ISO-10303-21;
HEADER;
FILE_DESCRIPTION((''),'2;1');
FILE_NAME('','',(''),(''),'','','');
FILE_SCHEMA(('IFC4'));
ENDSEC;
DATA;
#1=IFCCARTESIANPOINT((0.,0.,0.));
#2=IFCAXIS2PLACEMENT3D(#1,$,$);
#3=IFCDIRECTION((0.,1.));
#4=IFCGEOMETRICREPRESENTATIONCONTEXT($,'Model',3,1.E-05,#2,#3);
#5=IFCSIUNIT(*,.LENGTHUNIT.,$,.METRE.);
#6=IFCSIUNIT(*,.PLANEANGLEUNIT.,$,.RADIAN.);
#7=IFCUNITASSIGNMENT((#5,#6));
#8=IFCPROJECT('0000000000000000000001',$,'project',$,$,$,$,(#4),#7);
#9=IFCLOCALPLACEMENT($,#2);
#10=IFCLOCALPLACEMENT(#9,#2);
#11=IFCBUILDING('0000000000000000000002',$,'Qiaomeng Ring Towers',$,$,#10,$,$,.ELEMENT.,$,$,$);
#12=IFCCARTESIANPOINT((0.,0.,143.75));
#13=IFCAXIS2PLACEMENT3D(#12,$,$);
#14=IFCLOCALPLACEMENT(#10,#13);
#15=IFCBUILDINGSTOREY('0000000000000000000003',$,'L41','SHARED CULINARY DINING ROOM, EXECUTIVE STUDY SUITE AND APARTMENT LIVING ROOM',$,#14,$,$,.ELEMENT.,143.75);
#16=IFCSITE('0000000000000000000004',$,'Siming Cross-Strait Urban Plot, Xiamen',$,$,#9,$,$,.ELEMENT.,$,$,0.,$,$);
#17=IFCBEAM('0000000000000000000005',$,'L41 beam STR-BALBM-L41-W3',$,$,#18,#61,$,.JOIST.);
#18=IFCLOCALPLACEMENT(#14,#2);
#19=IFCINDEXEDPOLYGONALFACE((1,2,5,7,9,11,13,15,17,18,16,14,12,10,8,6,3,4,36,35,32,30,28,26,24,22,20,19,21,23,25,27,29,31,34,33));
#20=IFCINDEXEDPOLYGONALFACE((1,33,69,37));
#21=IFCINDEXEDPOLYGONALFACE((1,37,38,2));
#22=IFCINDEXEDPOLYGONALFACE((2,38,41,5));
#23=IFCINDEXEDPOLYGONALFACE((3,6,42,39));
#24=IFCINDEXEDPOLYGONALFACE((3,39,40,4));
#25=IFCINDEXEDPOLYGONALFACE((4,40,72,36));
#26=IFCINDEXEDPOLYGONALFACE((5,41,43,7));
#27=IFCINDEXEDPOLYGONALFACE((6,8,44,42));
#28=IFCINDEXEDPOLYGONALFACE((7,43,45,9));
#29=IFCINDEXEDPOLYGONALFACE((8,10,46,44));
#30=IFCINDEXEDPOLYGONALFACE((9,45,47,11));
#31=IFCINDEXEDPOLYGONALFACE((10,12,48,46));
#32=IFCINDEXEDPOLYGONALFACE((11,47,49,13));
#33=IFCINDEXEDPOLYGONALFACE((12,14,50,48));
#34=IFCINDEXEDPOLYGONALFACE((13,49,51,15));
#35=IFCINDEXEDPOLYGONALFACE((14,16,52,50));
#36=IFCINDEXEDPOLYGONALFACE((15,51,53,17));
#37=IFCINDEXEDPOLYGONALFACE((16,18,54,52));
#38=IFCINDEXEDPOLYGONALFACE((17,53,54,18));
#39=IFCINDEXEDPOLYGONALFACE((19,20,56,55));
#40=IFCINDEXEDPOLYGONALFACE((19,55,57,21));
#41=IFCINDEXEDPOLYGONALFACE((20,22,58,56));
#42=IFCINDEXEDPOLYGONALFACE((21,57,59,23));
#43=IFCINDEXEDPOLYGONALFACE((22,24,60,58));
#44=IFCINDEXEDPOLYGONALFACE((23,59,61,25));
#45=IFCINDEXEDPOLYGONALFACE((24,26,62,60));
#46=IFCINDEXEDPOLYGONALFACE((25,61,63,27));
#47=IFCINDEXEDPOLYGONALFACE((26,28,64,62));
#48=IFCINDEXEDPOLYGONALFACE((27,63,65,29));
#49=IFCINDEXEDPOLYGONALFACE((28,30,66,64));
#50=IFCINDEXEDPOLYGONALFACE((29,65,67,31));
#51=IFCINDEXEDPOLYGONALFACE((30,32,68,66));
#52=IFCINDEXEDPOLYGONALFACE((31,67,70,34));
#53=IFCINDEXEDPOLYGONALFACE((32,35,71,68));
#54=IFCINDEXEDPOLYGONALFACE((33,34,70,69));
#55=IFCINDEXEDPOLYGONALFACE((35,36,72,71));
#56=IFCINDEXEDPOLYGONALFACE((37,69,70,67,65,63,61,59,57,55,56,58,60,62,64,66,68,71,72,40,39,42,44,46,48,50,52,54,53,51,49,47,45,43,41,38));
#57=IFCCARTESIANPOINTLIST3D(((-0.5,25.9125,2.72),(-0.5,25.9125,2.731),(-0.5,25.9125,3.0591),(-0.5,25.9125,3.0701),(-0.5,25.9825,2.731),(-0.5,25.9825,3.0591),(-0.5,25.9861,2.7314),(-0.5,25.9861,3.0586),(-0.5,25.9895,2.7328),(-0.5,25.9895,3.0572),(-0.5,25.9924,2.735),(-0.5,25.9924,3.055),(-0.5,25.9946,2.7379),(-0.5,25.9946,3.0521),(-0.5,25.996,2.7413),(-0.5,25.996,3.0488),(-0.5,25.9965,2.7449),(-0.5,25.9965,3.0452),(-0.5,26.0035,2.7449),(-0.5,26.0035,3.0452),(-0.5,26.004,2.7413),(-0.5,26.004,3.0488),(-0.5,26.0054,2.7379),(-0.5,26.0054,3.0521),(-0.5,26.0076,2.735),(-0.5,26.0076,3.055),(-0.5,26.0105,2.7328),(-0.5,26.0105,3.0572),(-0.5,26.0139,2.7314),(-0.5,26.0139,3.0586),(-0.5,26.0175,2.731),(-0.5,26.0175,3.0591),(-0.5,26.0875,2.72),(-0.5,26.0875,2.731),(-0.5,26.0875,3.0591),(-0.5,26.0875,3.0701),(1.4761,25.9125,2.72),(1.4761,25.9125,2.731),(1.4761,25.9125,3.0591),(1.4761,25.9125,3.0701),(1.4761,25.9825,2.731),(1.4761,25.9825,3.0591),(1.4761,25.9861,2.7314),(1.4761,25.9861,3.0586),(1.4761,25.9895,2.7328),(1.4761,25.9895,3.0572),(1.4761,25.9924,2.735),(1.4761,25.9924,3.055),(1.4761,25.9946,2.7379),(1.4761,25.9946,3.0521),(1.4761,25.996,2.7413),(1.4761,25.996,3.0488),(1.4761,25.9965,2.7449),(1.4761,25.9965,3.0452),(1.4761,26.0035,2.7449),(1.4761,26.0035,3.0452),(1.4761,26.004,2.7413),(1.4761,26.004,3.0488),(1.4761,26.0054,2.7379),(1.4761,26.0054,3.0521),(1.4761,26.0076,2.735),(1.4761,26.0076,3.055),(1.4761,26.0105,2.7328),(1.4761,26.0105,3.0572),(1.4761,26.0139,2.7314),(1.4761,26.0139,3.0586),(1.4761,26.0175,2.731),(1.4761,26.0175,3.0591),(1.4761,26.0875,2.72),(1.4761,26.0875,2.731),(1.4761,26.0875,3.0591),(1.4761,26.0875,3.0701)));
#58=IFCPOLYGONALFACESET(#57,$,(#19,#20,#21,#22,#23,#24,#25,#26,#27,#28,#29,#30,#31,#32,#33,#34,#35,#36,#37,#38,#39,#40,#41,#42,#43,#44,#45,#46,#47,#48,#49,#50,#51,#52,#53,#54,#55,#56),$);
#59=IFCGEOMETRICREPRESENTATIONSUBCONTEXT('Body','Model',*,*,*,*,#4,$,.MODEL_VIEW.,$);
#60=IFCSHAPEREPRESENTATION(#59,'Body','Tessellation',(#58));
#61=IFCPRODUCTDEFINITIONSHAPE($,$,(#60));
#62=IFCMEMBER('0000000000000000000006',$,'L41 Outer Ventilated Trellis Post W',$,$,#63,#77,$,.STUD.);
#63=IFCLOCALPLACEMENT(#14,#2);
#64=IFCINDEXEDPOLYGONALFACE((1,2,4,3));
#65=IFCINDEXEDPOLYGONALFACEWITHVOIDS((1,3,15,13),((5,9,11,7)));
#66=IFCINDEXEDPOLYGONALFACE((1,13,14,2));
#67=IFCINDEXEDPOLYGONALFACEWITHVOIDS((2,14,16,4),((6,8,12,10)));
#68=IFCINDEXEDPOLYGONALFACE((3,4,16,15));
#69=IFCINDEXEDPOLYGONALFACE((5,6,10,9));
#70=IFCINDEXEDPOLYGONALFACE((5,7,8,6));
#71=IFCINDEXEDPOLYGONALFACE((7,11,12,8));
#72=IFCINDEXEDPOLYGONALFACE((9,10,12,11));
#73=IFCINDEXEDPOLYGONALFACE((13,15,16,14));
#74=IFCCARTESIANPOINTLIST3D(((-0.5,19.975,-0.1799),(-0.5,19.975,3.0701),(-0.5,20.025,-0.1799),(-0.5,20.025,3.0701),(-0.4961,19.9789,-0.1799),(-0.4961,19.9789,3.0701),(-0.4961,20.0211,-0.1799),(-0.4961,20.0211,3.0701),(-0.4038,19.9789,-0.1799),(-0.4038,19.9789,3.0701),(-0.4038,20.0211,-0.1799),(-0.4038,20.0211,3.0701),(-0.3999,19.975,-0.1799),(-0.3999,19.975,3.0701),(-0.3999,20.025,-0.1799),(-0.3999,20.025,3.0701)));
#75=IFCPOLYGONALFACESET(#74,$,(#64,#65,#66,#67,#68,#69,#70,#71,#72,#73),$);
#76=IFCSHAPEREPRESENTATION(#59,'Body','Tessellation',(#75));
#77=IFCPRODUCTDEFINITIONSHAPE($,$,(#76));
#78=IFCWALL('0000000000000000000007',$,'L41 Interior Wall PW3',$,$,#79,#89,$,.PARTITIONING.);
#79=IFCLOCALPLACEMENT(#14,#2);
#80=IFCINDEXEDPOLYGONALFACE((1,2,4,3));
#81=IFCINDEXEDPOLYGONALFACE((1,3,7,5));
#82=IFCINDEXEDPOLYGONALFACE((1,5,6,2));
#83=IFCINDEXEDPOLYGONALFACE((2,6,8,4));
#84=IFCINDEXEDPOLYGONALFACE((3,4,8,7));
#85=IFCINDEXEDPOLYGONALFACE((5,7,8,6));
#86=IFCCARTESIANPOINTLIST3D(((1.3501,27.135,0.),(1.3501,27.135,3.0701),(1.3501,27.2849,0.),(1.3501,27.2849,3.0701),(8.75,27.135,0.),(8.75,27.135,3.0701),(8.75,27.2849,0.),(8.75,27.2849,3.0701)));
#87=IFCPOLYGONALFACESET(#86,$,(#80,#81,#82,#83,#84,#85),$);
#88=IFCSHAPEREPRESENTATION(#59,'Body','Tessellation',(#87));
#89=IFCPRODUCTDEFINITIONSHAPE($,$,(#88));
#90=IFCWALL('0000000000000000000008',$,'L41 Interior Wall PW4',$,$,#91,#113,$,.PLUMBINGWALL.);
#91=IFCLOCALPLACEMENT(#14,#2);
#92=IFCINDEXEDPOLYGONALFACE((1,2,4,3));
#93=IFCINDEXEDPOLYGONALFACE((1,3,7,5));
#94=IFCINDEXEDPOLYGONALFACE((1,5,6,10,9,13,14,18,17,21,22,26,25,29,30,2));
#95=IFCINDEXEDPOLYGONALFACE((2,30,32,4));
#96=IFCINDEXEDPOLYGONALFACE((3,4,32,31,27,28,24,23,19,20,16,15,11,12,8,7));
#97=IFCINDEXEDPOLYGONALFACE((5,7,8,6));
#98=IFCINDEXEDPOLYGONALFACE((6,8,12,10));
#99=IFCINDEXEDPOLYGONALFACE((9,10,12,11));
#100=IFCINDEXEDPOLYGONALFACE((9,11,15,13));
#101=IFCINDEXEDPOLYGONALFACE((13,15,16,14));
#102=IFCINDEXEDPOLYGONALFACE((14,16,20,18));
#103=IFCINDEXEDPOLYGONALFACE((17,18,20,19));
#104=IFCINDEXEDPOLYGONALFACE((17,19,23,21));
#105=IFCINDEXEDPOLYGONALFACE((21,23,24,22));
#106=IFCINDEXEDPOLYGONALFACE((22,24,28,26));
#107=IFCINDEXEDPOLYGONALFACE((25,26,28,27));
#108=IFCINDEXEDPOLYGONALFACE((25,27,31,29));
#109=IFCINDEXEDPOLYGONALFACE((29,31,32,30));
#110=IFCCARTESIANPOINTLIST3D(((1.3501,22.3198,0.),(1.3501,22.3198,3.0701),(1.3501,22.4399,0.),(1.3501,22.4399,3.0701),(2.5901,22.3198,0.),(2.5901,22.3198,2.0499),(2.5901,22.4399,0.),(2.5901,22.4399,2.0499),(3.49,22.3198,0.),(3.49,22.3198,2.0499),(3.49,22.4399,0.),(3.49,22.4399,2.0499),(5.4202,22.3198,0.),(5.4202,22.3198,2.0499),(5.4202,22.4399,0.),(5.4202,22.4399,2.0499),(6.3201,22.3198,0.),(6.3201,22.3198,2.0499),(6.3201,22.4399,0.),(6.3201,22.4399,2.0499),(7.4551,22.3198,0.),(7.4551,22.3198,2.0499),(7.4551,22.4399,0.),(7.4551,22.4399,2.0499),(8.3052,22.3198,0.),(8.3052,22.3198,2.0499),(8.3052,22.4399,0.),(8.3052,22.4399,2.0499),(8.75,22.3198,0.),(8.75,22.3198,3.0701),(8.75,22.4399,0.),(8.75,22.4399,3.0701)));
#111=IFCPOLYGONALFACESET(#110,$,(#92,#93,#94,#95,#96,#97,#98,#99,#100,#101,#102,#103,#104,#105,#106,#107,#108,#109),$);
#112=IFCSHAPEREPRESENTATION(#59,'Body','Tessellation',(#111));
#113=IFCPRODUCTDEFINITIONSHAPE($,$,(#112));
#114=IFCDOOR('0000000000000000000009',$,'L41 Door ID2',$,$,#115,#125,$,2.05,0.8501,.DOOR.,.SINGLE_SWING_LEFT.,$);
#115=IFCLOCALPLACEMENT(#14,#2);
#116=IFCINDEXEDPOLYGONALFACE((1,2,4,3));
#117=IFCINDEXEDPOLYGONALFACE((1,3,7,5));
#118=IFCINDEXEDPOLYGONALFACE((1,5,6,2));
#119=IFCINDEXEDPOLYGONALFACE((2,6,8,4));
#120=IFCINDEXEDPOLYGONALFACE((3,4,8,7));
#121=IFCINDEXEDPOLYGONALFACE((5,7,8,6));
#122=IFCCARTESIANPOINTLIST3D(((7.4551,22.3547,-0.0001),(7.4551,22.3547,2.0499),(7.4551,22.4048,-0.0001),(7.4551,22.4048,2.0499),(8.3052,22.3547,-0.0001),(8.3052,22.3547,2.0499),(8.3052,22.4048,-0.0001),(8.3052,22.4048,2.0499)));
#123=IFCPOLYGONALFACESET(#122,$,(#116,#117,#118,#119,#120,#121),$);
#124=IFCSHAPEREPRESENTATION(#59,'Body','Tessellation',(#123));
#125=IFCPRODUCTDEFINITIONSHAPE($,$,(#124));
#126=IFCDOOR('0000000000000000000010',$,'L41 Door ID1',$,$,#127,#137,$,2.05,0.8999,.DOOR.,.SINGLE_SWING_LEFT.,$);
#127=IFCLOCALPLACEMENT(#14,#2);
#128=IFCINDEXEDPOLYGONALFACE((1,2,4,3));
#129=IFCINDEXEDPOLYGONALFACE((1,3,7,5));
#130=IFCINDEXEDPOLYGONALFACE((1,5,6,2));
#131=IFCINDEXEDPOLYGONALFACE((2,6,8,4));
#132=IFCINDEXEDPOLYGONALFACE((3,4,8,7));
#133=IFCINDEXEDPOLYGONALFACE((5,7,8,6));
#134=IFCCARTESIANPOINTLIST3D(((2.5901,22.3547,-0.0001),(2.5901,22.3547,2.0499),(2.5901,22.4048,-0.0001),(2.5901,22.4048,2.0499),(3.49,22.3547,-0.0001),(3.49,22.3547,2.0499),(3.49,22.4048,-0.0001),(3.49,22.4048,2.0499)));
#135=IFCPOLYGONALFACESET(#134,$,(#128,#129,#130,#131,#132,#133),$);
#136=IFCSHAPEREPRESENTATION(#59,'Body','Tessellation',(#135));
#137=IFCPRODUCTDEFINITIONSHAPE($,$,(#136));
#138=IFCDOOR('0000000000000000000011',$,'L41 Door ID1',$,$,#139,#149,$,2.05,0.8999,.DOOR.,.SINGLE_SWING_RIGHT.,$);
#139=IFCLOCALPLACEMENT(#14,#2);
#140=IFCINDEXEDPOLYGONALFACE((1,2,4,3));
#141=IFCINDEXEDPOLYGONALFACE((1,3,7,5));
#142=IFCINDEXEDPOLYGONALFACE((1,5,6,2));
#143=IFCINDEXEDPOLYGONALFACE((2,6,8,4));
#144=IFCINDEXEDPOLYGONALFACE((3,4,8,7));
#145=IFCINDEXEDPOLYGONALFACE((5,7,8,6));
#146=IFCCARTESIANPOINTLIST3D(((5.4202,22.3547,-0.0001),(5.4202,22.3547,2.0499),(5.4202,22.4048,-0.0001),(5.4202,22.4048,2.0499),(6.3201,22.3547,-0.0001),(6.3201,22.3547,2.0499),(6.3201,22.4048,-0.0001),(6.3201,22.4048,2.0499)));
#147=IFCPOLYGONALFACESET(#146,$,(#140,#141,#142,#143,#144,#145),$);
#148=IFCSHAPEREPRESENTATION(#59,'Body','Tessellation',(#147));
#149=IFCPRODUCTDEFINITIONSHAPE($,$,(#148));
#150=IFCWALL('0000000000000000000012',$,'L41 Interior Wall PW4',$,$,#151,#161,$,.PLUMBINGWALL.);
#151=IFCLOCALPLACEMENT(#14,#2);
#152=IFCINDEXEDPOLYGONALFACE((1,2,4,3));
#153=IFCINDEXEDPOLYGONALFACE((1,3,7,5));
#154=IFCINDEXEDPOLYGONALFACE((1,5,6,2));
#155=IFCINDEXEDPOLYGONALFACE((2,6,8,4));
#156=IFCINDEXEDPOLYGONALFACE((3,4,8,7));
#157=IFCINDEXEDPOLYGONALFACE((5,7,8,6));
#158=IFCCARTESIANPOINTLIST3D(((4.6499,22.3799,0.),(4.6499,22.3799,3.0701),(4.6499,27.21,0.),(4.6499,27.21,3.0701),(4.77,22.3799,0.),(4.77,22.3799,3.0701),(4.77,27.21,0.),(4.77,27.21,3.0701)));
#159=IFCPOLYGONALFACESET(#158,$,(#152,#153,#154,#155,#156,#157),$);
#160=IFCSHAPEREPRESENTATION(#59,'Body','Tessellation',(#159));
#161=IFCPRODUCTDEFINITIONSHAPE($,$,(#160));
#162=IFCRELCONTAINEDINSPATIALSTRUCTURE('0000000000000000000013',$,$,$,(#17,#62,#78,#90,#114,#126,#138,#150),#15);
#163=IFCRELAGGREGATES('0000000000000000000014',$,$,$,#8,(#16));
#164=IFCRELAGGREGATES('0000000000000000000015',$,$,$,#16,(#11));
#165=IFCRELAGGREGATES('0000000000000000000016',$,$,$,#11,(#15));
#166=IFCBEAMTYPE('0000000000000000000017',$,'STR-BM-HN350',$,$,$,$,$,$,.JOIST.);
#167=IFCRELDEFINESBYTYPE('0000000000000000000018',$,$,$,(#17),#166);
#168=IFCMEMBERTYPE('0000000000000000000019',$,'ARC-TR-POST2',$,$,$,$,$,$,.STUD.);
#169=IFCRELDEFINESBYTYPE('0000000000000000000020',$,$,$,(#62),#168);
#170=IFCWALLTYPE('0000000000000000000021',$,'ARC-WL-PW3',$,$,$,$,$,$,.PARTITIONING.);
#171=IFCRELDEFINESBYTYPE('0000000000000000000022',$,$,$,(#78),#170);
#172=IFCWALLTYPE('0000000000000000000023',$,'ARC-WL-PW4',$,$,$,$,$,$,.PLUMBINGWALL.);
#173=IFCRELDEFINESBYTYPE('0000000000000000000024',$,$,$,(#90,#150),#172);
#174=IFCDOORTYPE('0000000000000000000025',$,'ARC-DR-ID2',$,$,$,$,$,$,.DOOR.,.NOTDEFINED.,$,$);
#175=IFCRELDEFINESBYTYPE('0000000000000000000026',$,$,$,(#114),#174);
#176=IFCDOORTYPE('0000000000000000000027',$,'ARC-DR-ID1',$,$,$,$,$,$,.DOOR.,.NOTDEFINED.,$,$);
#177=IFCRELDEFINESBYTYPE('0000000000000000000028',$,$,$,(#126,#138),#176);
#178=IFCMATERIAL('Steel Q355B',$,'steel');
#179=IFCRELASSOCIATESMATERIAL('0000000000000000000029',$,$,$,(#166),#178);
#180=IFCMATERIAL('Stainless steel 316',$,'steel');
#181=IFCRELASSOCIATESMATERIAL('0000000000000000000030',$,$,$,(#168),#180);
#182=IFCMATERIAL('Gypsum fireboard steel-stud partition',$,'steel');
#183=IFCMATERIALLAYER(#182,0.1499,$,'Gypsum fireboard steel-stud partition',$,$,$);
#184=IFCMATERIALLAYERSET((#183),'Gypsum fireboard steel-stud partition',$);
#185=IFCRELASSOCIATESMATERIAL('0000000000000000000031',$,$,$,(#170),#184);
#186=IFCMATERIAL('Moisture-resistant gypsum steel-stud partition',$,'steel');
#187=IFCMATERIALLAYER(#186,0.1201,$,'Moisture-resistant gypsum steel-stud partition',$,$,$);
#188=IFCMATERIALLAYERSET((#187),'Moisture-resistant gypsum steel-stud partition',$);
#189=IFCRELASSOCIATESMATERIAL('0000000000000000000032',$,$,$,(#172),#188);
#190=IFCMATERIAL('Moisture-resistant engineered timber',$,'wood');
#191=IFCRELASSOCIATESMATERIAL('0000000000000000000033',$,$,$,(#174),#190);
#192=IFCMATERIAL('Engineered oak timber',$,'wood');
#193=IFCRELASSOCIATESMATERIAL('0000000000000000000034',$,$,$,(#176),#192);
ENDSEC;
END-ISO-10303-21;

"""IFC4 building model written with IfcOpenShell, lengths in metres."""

from ifc_helpers import new_model, si_unit, direction, frame, frame_2d, origin, origin_2d, place, context, subcontext, project, spatial, rectangle, hollow_rectangle, i_section, extrude, source, transform, mapped, material, layer, layer_set, material_profile, profile_set, type_object, element, fill, save


model = new_model("IFC4")

# Units and contexts
model_context = context("Model", 3, precision=1e-05, world=origin(), true_north=direction((0.0, 1.0)))
body_context = subcontext(model_context, "Body", "Model", "MODEL_VIEW")
ifc_project = project(units=[si_unit("LENGTHUNIT", "METRE"), si_unit("PLANEANGLEUNIT", "RADIAN")], contexts=[model_context])

# Site, building, storey
site_placement = place(None, origin())
site = spatial("IfcSite", under=ifc_project, at=site_placement, Name="Siming Cross-Strait Urban Plot, Xiamen", CompositionType="ELEMENT", RefElevation=0.0)
building_placement = place(site_placement, origin())
building = spatial("IfcBuilding", under=site, at=building_placement, Name="Qiaomeng Ring Towers", CompositionType="ELEMENT")
storey_placement = place(building_placement, frame((0.0, 0.0, 143.75)))
storey = spatial("IfcBuildingStorey", under=building, at=storey_placement, Name="L41", Description="SHARED CULINARY DINING ROOM, EXECUTIVE STUDY SUITE AND APARTMENT LIVING ROOM", CompositionType="ELEMENT", Elevation=143.75)

# Beam
ifc_material_1 = material(Name="Steel Q355B", Category="steel")
ifc_material_profile_1 = material_profile(ifc_material_1, i_section(OverallWidth=0.175, OverallDepth=0.3501, WebThickness=0.0071, FlangeThickness=0.011, FilletRadius=0.0139, at=origin_2d()), Name="HN 350x175x7x11")
ifc_profile_set_1 = profile_set([ifc_material_profile_1], Name="Steel Q355B")
beam_type_1 = type_object("IfcBeamType", Name="STR-BM-HN350", PredefinedType="JOIST", material=ifc_profile_set_1)
shared_shape_1 = source(origin(), body_context, "Body", "SweptSolid", [
    extrude(i_section(OverallWidth=0.175, OverallDepth=0.3501, WebThickness=0.0071, FlangeThickness=0.011, FilletRadius=0.0139, at=origin_2d()), origin(), (0.0, 0.0, 1.0), 1.9761),
])
beam_1_placement = place(storey_placement, frame((-0.5, 26.0, 2.895), z_axis=(1.0, 0.0, 0.0), x_axis=(0.0, 1.0, 0.0)))
element("IfcBeam", 1, at=beam_1_placement, inside=storey, type_object=beam_type_1, Name="L41 beam STR-BALBM-L41-W3", PredefinedType="JOIST", context=body_context, shape_type="MappedRepresentation", body=[
    mapped(shared_shape_1, transform((0.0, 0.0, 0.0), x_axis=(1.0, 0.0, 0.0), y_axis=(0.0, 1.0, 0.0), z_axis=(0.0, 0.0, 1.0), scale=1.0)),
])

# Member
ifc_material_2 = material(Name="Stainless steel 316", Category="steel")
ifc_material_profile_2 = material_profile(ifc_material_2, hollow_rectangle(XDim=0.05, YDim=0.1001, WallThickness=0.0039, at=origin_2d()), Name="SS TRELLIS 100x50")
ifc_profile_set_2 = profile_set([ifc_material_profile_2], Name="Stainless steel 316")
member_type = type_object("IfcMemberType", Name="ARC-TR-POST2", PredefinedType="STUD", material=ifc_profile_set_2)
shared_shape_2 = source(origin(), body_context, "Body", "SweptSolid", [
    extrude(hollow_rectangle(XDim=0.05, YDim=0.1001, WallThickness=0.0039, at=origin_2d()), origin(), (0.0, 0.0, 1.0), 3.25),
])
member_placement = place(storey_placement, frame((-0.45, 20.0, -0.1799), z_axis=(0.0, 0.0, 1.0), x_axis=(0.0, 1.0, 0.0)))
element("IfcMember", 2, at=member_placement, inside=storey, type_object=member_type, Name="L41 Outer Ventilated Trellis Post W", PredefinedType="STUD", context=body_context, shape_type="MappedRepresentation", body=[
    mapped(shared_shape_2, transform((0.0, 0.0, 0.0), x_axis=(1.0, 0.0, 0.0), y_axis=(0.0, 1.0, 0.0), z_axis=(0.0, 0.0, 1.0), scale=1.0)),
])

# Wall
ifc_material_3 = material(Name="Gypsum fireboard steel-stud partition", Category="steel")
ifc_layer_1 = layer(ifc_material_3, 0.1499, Name="Gypsum fireboard steel-stud partition")
ifc_layer_set_1 = layer_set([ifc_layer_1], Name="Gypsum fireboard steel-stud partition")
wall_type_1 = type_object("IfcWallType", Name="ARC-WL-PW3", PredefinedType="PARTITIONING", material=ifc_layer_set_1)
wall_1_placement = place(storey_placement, frame((1.3501, 27.21, 0.0), z_axis=(0.0, 0.0, 1.0), x_axis=(1.0, 0.0, 0.0)))
element("IfcWall", 3, at=wall_1_placement, inside=storey, type_object=wall_type_1, Name="L41 Interior Wall PW3", PredefinedType="PARTITIONING", context=body_context, shape_type="SweptSolid", body=[
    extrude(rectangle(XDim=7.3999, YDim=0.1499, at=frame_2d((3.7, 0.0))), origin(), (0.0, 0.0, 1.0), 3.0701),
])

# Wall, openings, doors
ifc_material_4 = material(Name="Moisture-resistant gypsum steel-stud partition", Category="steel")
ifc_layer_2 = layer(ifc_material_4, 0.1201, Name="Moisture-resistant gypsum steel-stud partition")
ifc_layer_set_2 = layer_set([ifc_layer_2], Name="Moisture-resistant gypsum steel-stud partition")
wall_type_2 = type_object("IfcWallType", Name="ARC-WL-PW4", PredefinedType="PLUMBINGWALL", material=ifc_layer_set_2)
wall_2_placement = place(storey_placement, frame((1.3501, 22.3799, 0.0), z_axis=(0.0, 0.0, 1.0), x_axis=(1.0, 0.0, 0.0)))
wall_2 = element("IfcWall", 4, at=wall_2_placement, inside=storey, type_object=wall_type_2, Name="L41 Interior Wall PW4", PredefinedType="PLUMBINGWALL", context=body_context, shape_type="SweptSolid", body=[
    extrude(rectangle(XDim=7.3999, YDim=0.1201, at=frame_2d((3.7, 0.0))), origin(), (0.0, 0.0, 1.0), 3.0701),
])
opening_1_placement = place(wall_2_placement, frame((1.24, 0.0, 0.0)))
opening_1 = element("IfcOpeningElement", 5, at=opening_1_placement, cuts=wall_2, PredefinedType="OPENING", context=body_context, shape_type="SweptSolid", body=[
    extrude(rectangle(XDim=0.8999, YDim=2.05, at=frame_2d((0.45, 1.0249))), frame((0.0, 0.0701, 0.0), z_axis=(0.0, -1.0, 0.0), x_axis=(1.0, 0.0, 0.0)), (0.0, 0.0, 1.0), 0.1401),
])
opening_2_placement = place(wall_2_placement, frame((4.0701, 0.0, 0.0)))
opening_2 = element("IfcOpeningElement", 6, at=opening_2_placement, cuts=wall_2, PredefinedType="OPENING", context=body_context, shape_type="SweptSolid", body=[
    extrude(rectangle(XDim=0.8999, YDim=2.05, at=frame_2d((0.45, 1.0249))), frame((0.0, 0.0701, 0.0), z_axis=(0.0, -1.0, 0.0), x_axis=(1.0, 0.0, 0.0)), (0.0, 0.0, 1.0), 0.1401),
])
opening_3_placement = place(wall_2_placement, frame((6.105, 0.0, 0.0)))
opening_3 = element("IfcOpeningElement", 7, at=opening_3_placement, cuts=wall_2, PredefinedType="OPENING", context=body_context, shape_type="SweptSolid", body=[
    extrude(rectangle(XDim=0.8501, YDim=2.05, at=frame_2d((0.425, 1.0249))), frame((0.0, 0.0701, 0.0), z_axis=(0.0, -1.0, 0.0), x_axis=(1.0, 0.0, 0.0)), (0.0, 0.0, 1.0), 0.1401),
])
ifc_material_5 = material(Name="Moisture-resistant engineered timber", Category="wood")
door_type_1 = type_object("IfcDoorType", Name="ARC-DR-ID2", OperationType="NOTDEFINED", PredefinedType="DOOR", material=ifc_material_5)
shared_shape_3 = source(origin(), body_context, "Body", "SweptSolid", [
    extrude(rectangle(XDim=0.8501, YDim=2.05, at=frame_2d((0.425, 1.0249))), frame((0.0, 0.0249, 0.0), z_axis=(0.0, -1.0, 0.0), x_axis=(1.0, 0.0, 0.0)), (0.0, 0.0, 1.0), 0.05),
])
door_1_placement = place(opening_3_placement, origin())
door_1 = element("IfcDoor", 8, at=door_1_placement, inside=storey, type_object=door_type_1, Name="L41 Door ID2", OperationType="SINGLE_SWING_LEFT", OverallHeight=2.05, OverallWidth=0.8501, PredefinedType="DOOR", context=body_context, shape_type="MappedRepresentation", body=[
    mapped(shared_shape_3, transform((0.0, 0.0, 0.0), x_axis=(1.0, 0.0, 0.0), y_axis=(0.0, 1.0, 0.0), z_axis=(0.0, 0.0, 1.0), scale=1.0)),
])
fill(opening_3, door_1)
ifc_material_6 = material(Name="Engineered oak timber", Category="wood")
door_type_2 = type_object("IfcDoorType", Name="ARC-DR-ID1", OperationType="NOTDEFINED", PredefinedType="DOOR", material=ifc_material_6)
shared_shape_4 = source(origin(), body_context, "Body", "SweptSolid", [
    extrude(rectangle(XDim=0.8999, YDim=2.05, at=frame_2d((0.45, 1.0249))), frame((0.0, 0.0249, 0.0), z_axis=(0.0, -1.0, 0.0), x_axis=(1.0, 0.0, 0.0)), (0.0, 0.0, 1.0), 0.05),
])
door_2_placement = place(opening_1_placement, origin())
door_2 = element("IfcDoor", 9, at=door_2_placement, inside=storey, type_object=door_type_2, Name="L41 Door ID1", OperationType="SINGLE_SWING_LEFT", OverallHeight=2.05, OverallWidth=0.8999, PredefinedType="DOOR", context=body_context, shape_type="MappedRepresentation", body=[
    mapped(shared_shape_4, transform((0.0, 0.0, 0.0), x_axis=(1.0, 0.0, 0.0), y_axis=(0.0, 1.0, 0.0), z_axis=(0.0, 0.0, 1.0), scale=1.0)),
])
fill(opening_1, door_2)
door_3_placement = place(opening_2_placement, origin())
door_3 = element("IfcDoor", 10, at=door_3_placement, inside=storey, type_object=door_type_2, Name="L41 Door ID1", OperationType="SINGLE_SWING_RIGHT", OverallHeight=2.05, OverallWidth=0.8999, PredefinedType="DOOR", context=body_context, shape_type="MappedRepresentation", body=[
    mapped(shared_shape_4, transform((0.0, 0.0, 0.0), x_axis=(1.0, 0.0, 0.0), y_axis=(0.0, 1.0, 0.0), z_axis=(0.0, 0.0, 1.0), scale=1.0)),
])
fill(opening_2, door_3)

# Wall
for number, where, z_axis, x_axis, name in (
    (11, (4.71, 22.3799, 0.0), (0.0, 0.0, 1.0), (0.0, 1.0, 0.0), "L41 Interior Wall PW4"),
):
    element("IfcWall", number, at=place(storey_placement, frame(where, z_axis=z_axis, x_axis=x_axis)), inside=storey, type_object=wall_type_2, Name=name, PredefinedType="PLUMBINGWALL", context=body_context, shape_type="SweptSolid", body=[
        extrude(rectangle(XDim=4.8301, YDim=0.1201, at=frame_2d((2.415, 0.0))), origin(), (0.0, 0.0, 1.0), 3.0701),
    ])

save(model, "model.ifc")
